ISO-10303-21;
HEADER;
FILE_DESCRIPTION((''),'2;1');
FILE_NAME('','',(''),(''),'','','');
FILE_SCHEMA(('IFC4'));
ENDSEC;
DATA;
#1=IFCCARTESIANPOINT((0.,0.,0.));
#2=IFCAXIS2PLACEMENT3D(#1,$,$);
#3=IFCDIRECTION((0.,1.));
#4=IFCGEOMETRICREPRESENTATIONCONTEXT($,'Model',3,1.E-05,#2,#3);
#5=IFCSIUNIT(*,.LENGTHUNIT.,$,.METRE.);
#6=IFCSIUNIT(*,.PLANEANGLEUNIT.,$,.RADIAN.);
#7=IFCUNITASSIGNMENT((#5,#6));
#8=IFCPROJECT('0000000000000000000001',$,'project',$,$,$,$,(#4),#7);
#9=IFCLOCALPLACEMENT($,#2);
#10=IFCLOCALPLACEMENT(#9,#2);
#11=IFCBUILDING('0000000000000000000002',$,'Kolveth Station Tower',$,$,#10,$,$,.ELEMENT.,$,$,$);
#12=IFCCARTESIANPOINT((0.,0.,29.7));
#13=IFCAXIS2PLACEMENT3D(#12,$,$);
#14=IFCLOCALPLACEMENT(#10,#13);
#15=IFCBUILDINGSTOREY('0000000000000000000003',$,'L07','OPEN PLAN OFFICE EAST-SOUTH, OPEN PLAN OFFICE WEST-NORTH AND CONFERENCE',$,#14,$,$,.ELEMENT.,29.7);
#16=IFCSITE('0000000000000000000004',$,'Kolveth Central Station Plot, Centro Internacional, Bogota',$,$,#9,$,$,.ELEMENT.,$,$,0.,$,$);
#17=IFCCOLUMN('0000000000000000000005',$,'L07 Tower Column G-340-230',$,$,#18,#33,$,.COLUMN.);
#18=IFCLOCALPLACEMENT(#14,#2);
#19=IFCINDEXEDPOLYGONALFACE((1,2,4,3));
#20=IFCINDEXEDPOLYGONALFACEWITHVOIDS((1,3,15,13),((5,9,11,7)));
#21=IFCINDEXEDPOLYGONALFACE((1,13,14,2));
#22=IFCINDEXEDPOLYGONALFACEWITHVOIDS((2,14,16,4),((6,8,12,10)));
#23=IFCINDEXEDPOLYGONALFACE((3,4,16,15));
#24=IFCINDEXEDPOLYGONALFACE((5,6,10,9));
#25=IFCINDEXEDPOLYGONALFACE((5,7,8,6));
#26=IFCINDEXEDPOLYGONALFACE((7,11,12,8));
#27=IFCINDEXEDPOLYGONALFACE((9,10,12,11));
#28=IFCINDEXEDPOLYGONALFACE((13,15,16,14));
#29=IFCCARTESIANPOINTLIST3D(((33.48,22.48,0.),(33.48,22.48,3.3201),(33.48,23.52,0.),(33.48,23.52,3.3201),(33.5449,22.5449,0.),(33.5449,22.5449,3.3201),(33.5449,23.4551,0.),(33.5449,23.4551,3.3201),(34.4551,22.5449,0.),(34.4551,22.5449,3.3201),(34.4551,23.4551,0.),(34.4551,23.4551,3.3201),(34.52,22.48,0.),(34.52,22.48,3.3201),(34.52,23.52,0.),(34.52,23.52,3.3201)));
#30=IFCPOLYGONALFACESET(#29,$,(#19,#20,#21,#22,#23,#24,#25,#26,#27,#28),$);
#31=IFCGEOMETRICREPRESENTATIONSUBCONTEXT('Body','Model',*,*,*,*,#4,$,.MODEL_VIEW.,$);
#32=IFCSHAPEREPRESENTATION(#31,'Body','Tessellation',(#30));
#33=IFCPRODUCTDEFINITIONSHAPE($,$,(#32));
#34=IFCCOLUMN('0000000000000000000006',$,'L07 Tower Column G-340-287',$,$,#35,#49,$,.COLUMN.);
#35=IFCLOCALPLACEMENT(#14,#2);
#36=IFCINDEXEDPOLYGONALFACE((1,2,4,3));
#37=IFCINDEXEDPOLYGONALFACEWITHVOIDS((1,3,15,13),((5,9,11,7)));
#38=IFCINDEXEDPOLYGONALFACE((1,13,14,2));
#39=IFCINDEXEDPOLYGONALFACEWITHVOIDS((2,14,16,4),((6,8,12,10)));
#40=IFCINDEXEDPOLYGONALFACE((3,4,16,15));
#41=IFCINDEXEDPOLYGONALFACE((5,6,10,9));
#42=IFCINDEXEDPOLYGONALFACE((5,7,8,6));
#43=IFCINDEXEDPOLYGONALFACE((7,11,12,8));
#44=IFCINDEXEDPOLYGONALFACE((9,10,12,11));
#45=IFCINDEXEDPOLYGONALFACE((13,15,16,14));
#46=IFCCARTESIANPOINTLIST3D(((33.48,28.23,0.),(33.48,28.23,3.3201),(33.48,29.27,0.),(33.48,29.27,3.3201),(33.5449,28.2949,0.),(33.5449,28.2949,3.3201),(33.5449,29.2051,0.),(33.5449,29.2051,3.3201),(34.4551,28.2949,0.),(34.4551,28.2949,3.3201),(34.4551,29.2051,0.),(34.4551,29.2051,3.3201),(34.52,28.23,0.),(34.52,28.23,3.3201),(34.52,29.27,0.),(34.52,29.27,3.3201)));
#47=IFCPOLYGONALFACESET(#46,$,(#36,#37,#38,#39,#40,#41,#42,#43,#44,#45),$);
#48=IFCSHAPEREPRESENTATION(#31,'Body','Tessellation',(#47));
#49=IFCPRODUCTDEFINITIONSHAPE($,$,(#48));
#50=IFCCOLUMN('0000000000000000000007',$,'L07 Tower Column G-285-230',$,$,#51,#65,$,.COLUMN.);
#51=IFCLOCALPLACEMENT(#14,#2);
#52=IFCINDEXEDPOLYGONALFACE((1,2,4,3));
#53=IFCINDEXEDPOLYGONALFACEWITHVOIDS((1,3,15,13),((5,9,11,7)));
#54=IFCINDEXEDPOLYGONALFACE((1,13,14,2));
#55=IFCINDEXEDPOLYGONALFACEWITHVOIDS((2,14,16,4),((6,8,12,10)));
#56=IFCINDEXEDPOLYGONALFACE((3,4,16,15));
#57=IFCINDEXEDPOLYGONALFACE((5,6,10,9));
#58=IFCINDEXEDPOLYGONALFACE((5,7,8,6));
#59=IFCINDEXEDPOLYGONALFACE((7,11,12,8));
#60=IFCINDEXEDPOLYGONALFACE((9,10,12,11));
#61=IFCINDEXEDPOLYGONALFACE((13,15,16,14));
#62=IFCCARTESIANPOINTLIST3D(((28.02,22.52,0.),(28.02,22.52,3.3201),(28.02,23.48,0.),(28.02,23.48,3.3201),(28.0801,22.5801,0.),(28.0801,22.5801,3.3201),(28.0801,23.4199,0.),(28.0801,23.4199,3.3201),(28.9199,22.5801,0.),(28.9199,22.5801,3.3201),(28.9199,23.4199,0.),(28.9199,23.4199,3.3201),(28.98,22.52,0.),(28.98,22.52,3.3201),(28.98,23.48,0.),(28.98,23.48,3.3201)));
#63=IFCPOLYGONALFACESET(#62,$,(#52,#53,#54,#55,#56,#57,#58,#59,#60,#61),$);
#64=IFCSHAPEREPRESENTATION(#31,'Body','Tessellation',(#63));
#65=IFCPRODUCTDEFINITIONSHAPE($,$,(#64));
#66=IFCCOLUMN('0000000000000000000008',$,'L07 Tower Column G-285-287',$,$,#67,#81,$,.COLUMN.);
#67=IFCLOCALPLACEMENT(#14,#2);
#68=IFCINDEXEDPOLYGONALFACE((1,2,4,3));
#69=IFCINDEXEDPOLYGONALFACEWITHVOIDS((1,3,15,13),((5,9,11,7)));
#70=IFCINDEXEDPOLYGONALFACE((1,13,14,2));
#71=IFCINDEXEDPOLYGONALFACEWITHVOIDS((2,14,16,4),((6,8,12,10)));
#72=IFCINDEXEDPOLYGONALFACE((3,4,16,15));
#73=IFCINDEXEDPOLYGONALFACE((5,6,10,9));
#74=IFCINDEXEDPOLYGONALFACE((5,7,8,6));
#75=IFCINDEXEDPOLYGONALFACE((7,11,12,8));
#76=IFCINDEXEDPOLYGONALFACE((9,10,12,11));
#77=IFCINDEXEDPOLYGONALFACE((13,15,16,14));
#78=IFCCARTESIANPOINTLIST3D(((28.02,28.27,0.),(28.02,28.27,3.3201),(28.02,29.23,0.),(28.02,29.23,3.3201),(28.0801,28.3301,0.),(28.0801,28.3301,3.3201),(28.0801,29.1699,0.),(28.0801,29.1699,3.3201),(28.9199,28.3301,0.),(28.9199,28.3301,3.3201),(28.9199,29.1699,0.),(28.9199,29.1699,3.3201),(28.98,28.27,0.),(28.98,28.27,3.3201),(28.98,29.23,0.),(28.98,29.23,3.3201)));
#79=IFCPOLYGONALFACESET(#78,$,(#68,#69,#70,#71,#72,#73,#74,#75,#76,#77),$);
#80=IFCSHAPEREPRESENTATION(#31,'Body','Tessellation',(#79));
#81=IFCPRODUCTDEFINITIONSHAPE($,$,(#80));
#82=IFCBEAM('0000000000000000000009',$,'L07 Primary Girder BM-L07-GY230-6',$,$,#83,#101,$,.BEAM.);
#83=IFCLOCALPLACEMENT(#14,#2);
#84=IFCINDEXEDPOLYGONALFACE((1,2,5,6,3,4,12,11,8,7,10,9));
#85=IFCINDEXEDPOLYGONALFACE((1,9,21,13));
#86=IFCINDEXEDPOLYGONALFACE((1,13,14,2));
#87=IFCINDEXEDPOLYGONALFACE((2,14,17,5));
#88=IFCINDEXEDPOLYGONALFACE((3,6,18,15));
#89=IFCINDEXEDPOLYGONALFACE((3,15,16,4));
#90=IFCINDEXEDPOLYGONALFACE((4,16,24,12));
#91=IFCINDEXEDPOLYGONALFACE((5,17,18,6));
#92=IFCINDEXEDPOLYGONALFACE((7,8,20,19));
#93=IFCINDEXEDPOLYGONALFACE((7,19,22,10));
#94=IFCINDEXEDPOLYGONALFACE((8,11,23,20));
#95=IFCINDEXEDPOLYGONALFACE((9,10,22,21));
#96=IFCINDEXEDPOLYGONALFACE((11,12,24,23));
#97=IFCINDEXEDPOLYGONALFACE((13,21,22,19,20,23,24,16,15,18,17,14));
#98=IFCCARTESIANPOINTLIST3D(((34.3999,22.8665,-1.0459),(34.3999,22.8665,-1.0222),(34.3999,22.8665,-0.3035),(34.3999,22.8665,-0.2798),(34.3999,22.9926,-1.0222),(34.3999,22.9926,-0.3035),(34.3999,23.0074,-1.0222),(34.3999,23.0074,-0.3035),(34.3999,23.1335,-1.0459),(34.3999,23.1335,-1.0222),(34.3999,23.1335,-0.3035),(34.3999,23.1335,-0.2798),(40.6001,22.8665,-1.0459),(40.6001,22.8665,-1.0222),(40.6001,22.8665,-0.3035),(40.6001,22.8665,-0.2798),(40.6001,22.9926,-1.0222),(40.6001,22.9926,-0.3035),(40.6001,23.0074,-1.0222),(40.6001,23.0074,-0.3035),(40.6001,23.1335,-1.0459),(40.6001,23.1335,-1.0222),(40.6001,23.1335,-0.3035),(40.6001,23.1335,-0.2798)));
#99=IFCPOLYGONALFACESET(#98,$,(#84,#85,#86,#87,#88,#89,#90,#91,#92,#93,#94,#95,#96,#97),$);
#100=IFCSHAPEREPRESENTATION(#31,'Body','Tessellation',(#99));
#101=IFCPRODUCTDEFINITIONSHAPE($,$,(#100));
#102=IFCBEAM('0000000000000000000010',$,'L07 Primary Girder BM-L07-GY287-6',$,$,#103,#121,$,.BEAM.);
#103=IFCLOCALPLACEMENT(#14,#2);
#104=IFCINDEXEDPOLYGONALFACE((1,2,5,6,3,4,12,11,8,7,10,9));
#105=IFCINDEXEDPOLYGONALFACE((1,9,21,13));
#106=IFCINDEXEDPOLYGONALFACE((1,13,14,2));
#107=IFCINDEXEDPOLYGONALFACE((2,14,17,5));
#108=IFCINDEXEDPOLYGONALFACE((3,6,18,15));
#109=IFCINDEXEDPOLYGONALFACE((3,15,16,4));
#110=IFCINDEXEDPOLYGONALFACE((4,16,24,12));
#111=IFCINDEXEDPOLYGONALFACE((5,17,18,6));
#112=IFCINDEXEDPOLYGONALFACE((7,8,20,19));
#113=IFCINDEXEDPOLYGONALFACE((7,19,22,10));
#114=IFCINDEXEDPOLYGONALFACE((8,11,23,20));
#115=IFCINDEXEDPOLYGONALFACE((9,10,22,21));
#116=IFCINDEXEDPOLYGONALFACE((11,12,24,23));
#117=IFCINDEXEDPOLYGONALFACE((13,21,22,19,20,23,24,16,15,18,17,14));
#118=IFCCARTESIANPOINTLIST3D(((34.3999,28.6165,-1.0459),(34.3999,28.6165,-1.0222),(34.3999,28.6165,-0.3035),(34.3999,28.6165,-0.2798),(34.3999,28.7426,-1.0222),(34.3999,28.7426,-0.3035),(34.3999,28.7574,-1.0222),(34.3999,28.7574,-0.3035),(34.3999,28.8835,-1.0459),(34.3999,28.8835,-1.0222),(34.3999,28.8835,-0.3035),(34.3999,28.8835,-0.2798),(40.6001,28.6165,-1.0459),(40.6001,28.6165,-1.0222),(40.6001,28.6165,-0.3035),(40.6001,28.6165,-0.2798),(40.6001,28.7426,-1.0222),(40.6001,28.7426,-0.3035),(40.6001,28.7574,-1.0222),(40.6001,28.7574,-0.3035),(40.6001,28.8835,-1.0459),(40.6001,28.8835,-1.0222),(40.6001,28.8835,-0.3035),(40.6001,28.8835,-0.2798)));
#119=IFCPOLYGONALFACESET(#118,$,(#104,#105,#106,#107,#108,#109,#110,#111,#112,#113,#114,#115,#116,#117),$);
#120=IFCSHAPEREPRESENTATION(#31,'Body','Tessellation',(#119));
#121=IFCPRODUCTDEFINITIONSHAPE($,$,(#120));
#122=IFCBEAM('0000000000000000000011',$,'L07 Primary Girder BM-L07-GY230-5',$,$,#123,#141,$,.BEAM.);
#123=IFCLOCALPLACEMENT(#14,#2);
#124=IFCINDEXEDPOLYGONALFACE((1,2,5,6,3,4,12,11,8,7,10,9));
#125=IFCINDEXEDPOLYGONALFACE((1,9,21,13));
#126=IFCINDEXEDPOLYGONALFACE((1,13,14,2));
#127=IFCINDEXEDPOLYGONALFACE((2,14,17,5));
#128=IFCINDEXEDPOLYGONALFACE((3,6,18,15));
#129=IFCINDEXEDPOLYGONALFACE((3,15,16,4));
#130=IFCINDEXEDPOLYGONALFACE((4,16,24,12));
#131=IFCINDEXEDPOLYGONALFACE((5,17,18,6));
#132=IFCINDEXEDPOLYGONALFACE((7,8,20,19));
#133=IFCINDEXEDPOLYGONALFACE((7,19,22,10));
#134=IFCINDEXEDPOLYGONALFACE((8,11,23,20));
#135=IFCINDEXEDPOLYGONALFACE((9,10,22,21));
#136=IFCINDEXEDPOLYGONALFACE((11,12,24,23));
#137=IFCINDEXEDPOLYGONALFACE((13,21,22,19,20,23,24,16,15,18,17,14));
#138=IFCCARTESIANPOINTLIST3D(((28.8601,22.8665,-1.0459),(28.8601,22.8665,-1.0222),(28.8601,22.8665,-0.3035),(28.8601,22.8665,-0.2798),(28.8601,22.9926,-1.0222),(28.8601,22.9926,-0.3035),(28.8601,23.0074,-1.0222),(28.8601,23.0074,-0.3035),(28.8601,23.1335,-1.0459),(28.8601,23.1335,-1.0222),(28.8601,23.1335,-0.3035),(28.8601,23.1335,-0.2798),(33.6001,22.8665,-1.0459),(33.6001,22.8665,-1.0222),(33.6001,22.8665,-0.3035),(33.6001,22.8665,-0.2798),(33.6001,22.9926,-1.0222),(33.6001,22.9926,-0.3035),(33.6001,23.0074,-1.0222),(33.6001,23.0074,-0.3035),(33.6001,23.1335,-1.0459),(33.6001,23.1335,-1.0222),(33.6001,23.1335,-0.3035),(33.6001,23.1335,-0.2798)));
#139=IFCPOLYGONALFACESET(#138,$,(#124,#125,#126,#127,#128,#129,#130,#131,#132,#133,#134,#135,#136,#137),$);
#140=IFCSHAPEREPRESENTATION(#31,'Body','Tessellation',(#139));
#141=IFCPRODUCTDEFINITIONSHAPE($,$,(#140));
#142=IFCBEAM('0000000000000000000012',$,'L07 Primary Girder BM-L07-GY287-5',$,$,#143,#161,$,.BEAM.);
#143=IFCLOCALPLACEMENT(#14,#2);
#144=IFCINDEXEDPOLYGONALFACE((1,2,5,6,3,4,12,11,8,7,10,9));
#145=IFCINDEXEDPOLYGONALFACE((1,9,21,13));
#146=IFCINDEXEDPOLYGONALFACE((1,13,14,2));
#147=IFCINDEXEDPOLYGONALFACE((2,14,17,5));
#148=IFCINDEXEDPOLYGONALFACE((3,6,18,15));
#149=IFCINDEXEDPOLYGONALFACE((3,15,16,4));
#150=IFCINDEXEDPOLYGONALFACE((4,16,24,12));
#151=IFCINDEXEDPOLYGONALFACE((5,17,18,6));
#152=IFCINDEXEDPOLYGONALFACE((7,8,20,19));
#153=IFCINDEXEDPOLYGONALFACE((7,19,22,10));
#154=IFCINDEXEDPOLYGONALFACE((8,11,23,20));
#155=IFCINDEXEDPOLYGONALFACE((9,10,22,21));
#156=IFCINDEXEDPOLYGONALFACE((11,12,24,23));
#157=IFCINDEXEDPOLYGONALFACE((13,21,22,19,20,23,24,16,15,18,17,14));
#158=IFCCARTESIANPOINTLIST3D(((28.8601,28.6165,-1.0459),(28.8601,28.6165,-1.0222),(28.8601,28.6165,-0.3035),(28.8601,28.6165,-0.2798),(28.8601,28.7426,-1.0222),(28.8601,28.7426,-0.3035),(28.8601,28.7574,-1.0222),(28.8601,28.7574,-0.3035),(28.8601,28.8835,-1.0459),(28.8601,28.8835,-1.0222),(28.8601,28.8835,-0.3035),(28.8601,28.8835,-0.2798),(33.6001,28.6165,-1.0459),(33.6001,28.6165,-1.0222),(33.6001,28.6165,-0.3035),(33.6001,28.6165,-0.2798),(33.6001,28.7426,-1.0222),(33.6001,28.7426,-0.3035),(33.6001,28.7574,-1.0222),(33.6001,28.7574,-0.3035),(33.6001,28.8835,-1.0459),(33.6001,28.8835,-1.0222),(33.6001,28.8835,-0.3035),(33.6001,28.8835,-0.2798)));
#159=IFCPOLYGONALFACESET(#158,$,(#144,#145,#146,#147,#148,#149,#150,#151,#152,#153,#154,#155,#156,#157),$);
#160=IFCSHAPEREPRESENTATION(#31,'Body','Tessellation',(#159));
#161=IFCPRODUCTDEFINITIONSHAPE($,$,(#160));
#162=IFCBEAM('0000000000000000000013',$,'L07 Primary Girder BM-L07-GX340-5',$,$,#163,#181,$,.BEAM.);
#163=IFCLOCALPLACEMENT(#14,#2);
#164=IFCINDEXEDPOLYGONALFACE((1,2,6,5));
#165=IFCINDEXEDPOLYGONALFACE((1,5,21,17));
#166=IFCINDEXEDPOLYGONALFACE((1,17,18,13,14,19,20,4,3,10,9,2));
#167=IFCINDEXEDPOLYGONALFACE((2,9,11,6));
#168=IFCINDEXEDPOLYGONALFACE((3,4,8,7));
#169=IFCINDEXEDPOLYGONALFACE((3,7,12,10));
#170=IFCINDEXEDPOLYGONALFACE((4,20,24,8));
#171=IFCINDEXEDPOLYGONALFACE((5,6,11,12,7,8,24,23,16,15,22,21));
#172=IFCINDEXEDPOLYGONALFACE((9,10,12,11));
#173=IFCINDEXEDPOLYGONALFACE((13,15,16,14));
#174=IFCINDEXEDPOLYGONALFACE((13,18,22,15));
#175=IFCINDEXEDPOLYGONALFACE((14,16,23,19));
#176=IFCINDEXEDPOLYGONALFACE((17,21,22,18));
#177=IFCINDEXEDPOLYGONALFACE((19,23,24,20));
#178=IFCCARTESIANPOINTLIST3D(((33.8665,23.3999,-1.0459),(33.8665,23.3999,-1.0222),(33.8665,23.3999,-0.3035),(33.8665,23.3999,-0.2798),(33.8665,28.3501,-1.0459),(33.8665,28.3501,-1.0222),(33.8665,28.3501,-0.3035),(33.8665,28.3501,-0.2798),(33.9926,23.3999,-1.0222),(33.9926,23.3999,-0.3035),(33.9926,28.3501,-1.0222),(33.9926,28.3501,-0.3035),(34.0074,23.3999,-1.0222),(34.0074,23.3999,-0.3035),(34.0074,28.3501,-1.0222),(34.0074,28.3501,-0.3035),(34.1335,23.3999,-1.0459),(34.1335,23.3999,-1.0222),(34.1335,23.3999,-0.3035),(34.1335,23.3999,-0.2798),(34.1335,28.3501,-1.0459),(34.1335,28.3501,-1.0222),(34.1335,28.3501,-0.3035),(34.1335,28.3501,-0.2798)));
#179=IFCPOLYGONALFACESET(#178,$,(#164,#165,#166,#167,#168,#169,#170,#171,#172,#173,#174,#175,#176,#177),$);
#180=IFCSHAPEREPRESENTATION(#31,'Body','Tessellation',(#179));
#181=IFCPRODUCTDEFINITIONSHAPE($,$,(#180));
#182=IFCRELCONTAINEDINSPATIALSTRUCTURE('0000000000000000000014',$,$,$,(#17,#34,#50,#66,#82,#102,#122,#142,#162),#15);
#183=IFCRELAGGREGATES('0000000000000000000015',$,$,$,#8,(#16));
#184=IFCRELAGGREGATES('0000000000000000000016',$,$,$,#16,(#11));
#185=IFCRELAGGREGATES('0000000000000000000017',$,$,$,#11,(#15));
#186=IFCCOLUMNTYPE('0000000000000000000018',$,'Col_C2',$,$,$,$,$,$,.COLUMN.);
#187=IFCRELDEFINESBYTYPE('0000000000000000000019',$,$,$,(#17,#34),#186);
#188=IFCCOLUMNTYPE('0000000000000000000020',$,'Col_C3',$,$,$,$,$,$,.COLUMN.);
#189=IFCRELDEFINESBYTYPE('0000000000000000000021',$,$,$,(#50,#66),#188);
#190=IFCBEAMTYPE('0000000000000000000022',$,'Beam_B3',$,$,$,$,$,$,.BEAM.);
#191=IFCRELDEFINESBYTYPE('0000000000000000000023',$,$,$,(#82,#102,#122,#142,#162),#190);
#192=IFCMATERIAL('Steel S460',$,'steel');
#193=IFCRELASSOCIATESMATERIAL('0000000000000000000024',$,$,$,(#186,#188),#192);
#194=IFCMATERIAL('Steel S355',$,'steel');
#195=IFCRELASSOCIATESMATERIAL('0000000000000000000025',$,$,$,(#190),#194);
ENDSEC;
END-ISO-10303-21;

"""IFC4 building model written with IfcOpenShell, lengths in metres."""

from ifc_helpers import new_model, si_unit, direction, frame, origin, origin_2d, place, context, subcontext, project, spatial, hollow_rectangle, i_section, extrude, source, transform, mapped, material, material_profile, profile_set, type_object, element, save


model = new_model("IFC4")

# Units and contexts
model_context = context("Model", 3, precision=1e-05, world=origin(), true_north=direction((0.0, 1.0)))
body_context = subcontext(model_context, "Body", "Model", "MODEL_VIEW")
ifc_project = project(units=[si_unit("LENGTHUNIT", "METRE"), si_unit("PLANEANGLEUNIT", "RADIAN")], contexts=[model_context])

# Site, building, storey
site_placement = place(None, origin())
site = spatial("IfcSite", under=ifc_project, at=site_placement, Name="Kolveth Central Station Plot, Centro Internacional, Bogota", CompositionType="ELEMENT", RefElevation=0.0)
building_placement = place(site_placement, origin())
building = spatial("IfcBuilding", under=site, at=building_placement, Name="Kolveth Station Tower", CompositionType="ELEMENT")
storey_placement = place(building_placement, frame((0.0, 0.0, 29.7)))
storey = spatial("IfcBuildingStorey", under=building, at=storey_placement, Name="L07", Description="OPEN PLAN OFFICE EAST-SOUTH, OPEN PLAN OFFICE WEST-NORTH AND CONFERENCE", CompositionType="ELEMENT", Elevation=29.7)

# Columns
ifc_material_1 = material(Name="Steel S460", Category="steel")
ifc_material_profile_1 = material_profile(ifc_material_1, hollow_rectangle(XDim=1.04, YDim=1.04, WallThickness=0.0649, at=origin_2d()), Name="BOX1040x1040x65")
ifc_profile_set_1 = profile_set([ifc_material_profile_1], Name="Steel S460")
column_type_1 = type_object("IfcColumnType", Name="Col_C2", PredefinedType="COLUMN", material=ifc_profile_set_1)
shared_shape_1 = source(origin(), body_context, "Body", "SweptSolid", [
    extrude(hollow_rectangle(XDim=1.04, YDim=1.04, WallThickness=0.0649, at=origin_2d()), origin(), (0.0, 0.0, 1.0), 3.3201),
])
for number, where, z_axis, x_axis, name in (
    (1, (34.0, 23.0, 0.0), (0.0, 0.0, 1.0), (1.0, 0.0, 0.0), "L07 Tower Column G-340-230"),
    (2, (34.0, 28.75, 0.0), (0.0, 0.0, 1.0), (1.0, 0.0, 0.0), "L07 Tower Column G-340-287"),
):
    element("IfcColumn", number, at=place(storey_placement, frame(where, z_axis=z_axis, x_axis=x_axis)), inside=storey, type_object=column_type_1, Name=name, PredefinedType="COLUMN", context=body_context, shape_type="MappedRepresentation", body=[
        mapped(shared_shape_1, transform((0.0, 0.0, 0.0), x_axis=(1.0, 0.0, 0.0), y_axis=(0.0, 1.0, 0.0), z_axis=(0.0, 0.0, 1.0), scale=1.0)),
    ])
ifc_material_profile_2 = material_profile(ifc_material_1, hollow_rectangle(XDim=0.96, YDim=0.96, WallThickness=0.0601, at=origin_2d()), Name="BOX960x960x60")
ifc_profile_set_2 = profile_set([ifc_material_profile_2], Name="Steel S460")
column_type_2 = type_object("IfcColumnType", Name="Col_C3", PredefinedType="COLUMN", material=ifc_profile_set_2)
shared_shape_2 = source(origin(), body_context, "Body", "SweptSolid", [
    extrude(hollow_rectangle(XDim=0.96, YDim=0.96, WallThickness=0.0601, at=origin_2d()), origin(), (0.0, 0.0, 1.0), 3.3201),
])
for number, where, z_axis, x_axis, name in (
    (3, (28.5, 23.0, 0.0), (0.0, 0.0, 1.0), (1.0, 0.0, 0.0), "L07 Tower Column G-285-230"),
    (4, (28.5, 28.75, 0.0), (0.0, 0.0, 1.0), (1.0, 0.0, 0.0), "L07 Tower Column G-285-287"),
):
    element("IfcColumn", number, at=place(storey_placement, frame(where, z_axis=z_axis, x_axis=x_axis)), inside=storey, type_object=column_type_2, Name=name, PredefinedType="COLUMN", context=body_context, shape_type="MappedRepresentation", body=[
        mapped(shared_shape_2, transform((0.0, 0.0, 0.0), x_axis=(1.0, 0.0, 0.0), y_axis=(0.0, 1.0, 0.0), z_axis=(0.0, 0.0, 1.0), scale=1.0)),
    ])

# Beams
ifc_material_2 = material(Name="Steel S355", Category="steel")
ifc_material_profile_3 = material_profile(ifc_material_2, i_section(OverallWidth=0.2671, OverallDepth=0.7661, WebThickness=0.0149, FlangeThickness=0.0237, at=origin_2d()), Name="W760x185")
ifc_profile_set_3 = profile_set([ifc_material_profile_3], Name="Steel S355")
beam_type_1 = type_object("IfcBeamType", Name="Beam_B3", PredefinedType="BEAM", material=ifc_profile_set_3)
shared_shape_3 = source(origin(), body_context, "Body", "SweptSolid", [
    extrude(i_section(OverallWidth=0.2671, OverallDepth=0.7661, WebThickness=0.0149, FlangeThickness=0.0237, at=origin_2d()), origin(), (0.0, 0.0, 1.0), 6.2002),
])
for number, where, z_axis, x_axis, name in (
    (5, (34.3999, 23.0, -0.6628), (1.0, 0.0, 0.0), (0.0, 1.0, 0.0), "L07 Primary Girder BM-L07-GY230-6"),
    (6, (34.3999, 28.75, -0.6628), (1.0, 0.0, 0.0), (0.0, 1.0, 0.0), "L07 Primary Girder BM-L07-GY287-6"),
):
    element("IfcBeam", number, at=place(storey_placement, frame(where, z_axis=z_axis, x_axis=x_axis)), inside=storey, type_object=beam_type_1, Name=name, PredefinedType="BEAM", context=body_context, shape_type="MappedRepresentation", body=[
        mapped(shared_shape_3, transform((0.0, 0.0, 0.0), x_axis=(1.0, 0.0, 0.0), y_axis=(0.0, 1.0, 0.0), z_axis=(0.0, 0.0, 1.0), scale=1.0)),
    ])
shared_shape_4 = source(origin(), body_context, "Body", "SweptSolid", [
    extrude(i_section(OverallWidth=0.2671, OverallDepth=0.7661, WebThickness=0.0149, FlangeThickness=0.0237, at=origin_2d()), origin(), (0.0, 0.0, 1.0), 4.74),
])
for number, where, z_axis, x_axis, name in (
    (7, (28.8601, 23.0, -0.6628), (1.0, 0.0, 0.0), (0.0, 1.0, 0.0), "L07 Primary Girder BM-L07-GY230-5"),
    (8, (28.8601, 28.75, -0.6628), (1.0, 0.0, 0.0), (0.0, 1.0, 0.0), "L07 Primary Girder BM-L07-GY287-5"),
):
    element("IfcBeam", number, at=place(storey_placement, frame(where, z_axis=z_axis, x_axis=x_axis)), inside=storey, type_object=beam_type_1, Name=name, PredefinedType="BEAM", context=body_context, shape_type="MappedRepresentation", body=[
        mapped(shared_shape_4, transform((0.0, 0.0, 0.0), x_axis=(1.0, 0.0, 0.0), y_axis=(0.0, 1.0, 0.0), z_axis=(0.0, 0.0, 1.0), scale=1.0)),
    ])
shared_shape_5 = source(origin(), body_context, "Body", "SweptSolid", [
    extrude(i_section(OverallWidth=0.2671, OverallDepth=0.7661, WebThickness=0.0149, FlangeThickness=0.0237, at=origin_2d()), origin(), (0.0, 0.0, 1.0), 4.9502),
])
beam_1_placement = place(storey_placement, frame((34.0, 23.3999, -0.6628), z_axis=(0.0, 1.0, 0.0), x_axis=(-1.0, 0.0, 0.0)))
element("IfcBeam", 9, at=beam_1_placement, inside=storey, type_object=beam_type_1, Name="L07 Primary Girder BM-L07-GX340-5", PredefinedType="BEAM", context=body_context, shape_type="MappedRepresentation", body=[
    mapped(shared_shape_5, transform((0.0, 0.0, 0.0), x_axis=(1.0, 0.0, 0.0), y_axis=(0.0, 1.0, 0.0), z_axis=(0.0, 0.0, 1.0), scale=1.0)),
])

save(model, "model.ifc")
